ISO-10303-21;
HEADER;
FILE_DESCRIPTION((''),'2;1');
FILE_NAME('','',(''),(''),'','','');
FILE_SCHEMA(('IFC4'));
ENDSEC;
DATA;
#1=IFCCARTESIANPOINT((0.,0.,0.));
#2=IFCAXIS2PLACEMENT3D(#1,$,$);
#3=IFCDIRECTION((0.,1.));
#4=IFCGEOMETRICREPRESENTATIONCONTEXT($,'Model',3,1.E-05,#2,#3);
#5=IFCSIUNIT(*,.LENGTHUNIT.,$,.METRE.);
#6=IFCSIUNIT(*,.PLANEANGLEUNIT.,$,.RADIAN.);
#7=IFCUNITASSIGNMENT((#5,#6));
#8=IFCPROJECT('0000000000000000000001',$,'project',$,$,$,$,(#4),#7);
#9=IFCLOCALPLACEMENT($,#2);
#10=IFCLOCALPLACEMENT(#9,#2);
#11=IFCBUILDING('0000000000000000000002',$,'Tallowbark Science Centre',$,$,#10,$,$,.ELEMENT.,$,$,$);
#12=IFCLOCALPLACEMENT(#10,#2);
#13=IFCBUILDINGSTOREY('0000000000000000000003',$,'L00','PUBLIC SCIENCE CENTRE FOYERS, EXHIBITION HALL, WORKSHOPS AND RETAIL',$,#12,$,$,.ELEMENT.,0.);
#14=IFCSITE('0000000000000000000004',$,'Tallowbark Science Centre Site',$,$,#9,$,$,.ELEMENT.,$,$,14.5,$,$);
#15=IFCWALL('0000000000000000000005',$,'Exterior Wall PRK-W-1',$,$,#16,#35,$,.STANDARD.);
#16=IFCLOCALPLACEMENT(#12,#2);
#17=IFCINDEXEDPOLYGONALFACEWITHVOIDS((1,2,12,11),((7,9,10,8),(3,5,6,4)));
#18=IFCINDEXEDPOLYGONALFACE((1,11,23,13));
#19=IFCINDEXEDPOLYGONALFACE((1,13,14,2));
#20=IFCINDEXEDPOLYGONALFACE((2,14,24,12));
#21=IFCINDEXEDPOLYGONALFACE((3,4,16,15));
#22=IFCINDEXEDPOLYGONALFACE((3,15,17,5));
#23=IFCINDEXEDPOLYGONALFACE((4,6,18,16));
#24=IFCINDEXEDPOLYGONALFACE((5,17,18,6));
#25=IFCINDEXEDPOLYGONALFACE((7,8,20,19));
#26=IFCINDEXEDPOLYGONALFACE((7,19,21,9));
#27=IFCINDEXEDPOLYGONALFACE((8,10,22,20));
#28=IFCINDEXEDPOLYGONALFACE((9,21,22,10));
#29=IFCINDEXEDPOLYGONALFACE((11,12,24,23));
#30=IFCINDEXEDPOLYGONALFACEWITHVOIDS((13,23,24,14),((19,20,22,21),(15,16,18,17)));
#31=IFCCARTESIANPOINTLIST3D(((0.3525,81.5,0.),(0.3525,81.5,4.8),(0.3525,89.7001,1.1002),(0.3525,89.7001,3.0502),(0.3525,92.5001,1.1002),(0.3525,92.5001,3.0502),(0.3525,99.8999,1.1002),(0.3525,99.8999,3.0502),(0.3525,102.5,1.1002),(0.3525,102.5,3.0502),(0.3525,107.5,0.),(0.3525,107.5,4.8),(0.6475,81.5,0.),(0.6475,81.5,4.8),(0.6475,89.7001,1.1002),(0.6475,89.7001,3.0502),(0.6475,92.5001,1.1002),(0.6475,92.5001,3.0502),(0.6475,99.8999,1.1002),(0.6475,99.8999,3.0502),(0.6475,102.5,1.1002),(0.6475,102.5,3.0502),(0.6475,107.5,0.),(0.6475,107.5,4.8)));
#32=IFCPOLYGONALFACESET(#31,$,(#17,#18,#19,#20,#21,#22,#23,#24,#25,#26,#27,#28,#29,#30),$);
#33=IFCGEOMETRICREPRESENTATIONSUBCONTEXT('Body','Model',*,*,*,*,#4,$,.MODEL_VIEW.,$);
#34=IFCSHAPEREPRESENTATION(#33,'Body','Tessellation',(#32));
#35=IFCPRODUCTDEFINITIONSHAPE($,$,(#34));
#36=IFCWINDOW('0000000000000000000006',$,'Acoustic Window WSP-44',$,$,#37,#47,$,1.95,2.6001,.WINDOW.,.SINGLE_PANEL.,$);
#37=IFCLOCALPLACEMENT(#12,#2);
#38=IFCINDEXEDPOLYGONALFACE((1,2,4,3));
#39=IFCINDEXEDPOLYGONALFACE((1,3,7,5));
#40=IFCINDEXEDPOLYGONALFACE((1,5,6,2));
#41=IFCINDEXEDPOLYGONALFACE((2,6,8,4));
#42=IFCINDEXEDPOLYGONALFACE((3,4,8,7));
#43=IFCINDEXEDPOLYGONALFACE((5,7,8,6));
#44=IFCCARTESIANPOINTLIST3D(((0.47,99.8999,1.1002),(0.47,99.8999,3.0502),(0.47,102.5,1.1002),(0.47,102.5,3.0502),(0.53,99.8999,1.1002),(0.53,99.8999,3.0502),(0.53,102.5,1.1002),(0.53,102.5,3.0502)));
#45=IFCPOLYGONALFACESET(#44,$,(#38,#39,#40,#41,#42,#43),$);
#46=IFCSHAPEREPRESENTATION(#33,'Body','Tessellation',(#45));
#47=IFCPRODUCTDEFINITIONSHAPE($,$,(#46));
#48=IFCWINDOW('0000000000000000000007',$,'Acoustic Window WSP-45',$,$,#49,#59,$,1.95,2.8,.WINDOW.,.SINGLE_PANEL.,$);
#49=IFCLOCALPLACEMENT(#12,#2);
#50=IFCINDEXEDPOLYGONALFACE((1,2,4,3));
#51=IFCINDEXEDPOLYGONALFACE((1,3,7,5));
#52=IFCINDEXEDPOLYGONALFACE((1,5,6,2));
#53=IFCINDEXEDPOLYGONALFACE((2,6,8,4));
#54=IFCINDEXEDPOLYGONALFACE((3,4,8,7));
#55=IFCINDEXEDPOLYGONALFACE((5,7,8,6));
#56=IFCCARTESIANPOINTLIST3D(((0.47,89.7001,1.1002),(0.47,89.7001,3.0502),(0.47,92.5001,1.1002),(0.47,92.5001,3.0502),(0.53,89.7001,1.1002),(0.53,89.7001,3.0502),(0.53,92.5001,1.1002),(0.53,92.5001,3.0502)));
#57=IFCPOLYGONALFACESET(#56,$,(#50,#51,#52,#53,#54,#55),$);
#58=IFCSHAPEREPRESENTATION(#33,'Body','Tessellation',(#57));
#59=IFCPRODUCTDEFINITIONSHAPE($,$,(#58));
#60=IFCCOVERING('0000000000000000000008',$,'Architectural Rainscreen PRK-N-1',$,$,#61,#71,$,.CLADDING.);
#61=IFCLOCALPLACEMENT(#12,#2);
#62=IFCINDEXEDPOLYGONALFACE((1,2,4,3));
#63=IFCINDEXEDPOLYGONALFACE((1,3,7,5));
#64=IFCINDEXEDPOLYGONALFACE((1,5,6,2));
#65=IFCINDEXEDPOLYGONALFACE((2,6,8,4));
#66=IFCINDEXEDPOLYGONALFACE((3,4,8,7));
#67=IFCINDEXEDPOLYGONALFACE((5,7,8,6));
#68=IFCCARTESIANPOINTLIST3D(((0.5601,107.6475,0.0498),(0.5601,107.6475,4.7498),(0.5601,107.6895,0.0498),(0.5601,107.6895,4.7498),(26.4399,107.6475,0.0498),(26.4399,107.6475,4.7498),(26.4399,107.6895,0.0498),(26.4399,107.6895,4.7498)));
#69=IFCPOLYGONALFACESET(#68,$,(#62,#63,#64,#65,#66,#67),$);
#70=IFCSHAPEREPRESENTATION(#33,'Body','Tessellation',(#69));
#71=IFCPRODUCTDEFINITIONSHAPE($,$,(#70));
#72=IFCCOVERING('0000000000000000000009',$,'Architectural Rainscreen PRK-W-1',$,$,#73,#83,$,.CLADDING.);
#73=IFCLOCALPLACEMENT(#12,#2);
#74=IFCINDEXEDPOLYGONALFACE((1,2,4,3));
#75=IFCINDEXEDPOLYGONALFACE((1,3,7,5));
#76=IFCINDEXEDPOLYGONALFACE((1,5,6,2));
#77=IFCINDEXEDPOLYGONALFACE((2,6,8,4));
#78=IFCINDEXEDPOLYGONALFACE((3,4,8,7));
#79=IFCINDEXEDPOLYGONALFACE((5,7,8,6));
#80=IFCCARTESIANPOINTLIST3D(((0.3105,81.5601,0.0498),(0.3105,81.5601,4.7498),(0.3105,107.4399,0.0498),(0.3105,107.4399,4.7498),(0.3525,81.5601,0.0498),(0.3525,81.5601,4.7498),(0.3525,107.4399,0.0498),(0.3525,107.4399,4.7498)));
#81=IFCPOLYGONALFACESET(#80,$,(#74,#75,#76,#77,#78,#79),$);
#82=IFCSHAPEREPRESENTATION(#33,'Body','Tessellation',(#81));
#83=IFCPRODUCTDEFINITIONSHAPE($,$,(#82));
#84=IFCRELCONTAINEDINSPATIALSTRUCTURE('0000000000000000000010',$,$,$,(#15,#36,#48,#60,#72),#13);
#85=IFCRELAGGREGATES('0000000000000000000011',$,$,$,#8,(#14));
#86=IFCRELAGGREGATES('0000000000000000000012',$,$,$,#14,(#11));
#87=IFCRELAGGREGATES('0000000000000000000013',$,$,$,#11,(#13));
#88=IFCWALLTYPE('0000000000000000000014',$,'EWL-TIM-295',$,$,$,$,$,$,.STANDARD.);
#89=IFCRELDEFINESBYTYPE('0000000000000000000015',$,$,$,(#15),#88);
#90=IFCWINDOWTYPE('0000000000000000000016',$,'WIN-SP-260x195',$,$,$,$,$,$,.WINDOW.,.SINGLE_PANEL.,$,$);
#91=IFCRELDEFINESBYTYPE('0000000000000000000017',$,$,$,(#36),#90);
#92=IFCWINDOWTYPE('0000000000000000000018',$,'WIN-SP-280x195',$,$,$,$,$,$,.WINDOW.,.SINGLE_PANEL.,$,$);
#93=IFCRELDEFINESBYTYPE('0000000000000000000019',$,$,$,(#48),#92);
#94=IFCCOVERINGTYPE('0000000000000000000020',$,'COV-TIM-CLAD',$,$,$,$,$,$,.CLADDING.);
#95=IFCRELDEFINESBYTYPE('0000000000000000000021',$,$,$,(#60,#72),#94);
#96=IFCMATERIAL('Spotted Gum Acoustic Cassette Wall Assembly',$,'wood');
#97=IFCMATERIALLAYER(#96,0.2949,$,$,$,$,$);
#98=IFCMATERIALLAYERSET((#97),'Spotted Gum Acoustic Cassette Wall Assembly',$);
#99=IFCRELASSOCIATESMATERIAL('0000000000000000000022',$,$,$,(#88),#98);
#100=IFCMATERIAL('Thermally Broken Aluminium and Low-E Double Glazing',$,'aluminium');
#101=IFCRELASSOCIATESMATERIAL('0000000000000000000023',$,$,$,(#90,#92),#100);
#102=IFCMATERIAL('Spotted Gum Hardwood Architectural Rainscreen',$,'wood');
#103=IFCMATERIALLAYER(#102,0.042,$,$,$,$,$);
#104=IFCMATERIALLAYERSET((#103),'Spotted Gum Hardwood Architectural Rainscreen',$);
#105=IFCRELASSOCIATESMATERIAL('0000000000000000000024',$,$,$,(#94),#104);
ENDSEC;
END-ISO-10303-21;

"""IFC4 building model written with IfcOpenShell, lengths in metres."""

from ifc_helpers import new_model, si_unit, direction, frame, frame_2d, origin, origin_2d, place, context, subcontext, project, spatial, rectangle, extrude, material, layer, layer_set, type_object, element, fill, save


model = new_model("IFC4")

# Units and contexts
model_context = context("Model", 3, precision=1e-05, world=origin(), true_north=direction((0.0, 1.0)))
body_context = subcontext(model_context, "Body", "Model", "MODEL_VIEW")
ifc_project = project(units=[si_unit("LENGTHUNIT", "METRE"), si_unit("PLANEANGLEUNIT", "RADIAN")], contexts=[model_context])

# Site, building, storey
site_placement = place(None, origin())
site = spatial("IfcSite", under=ifc_project, at=site_placement, Name="Tallowbark Science Centre Site", CompositionType="ELEMENT", RefElevation=14.5)
building_placement = place(site_placement, origin())
building = spatial("IfcBuilding", under=site, at=building_placement, Name="Tallowbark Science Centre", CompositionType="ELEMENT")
storey_placement = place(building_placement, origin())
storey = spatial("IfcBuildingStorey", under=building, at=storey_placement, Name="L00", Description="PUBLIC SCIENCE CENTRE FOYERS, EXHIBITION HALL, WORKSHOPS AND RETAIL", CompositionType="ELEMENT", Elevation=0.0)

# Wall, openings, windows
ifc_material_1 = material(Name="Spotted Gum Acoustic Cassette Wall Assembly", Category="wood")
ifc_layer_1 = layer(ifc_material_1, 0.2949)
ifc_layer_set_1 = layer_set([ifc_layer_1], Name="Spotted Gum Acoustic Cassette Wall Assembly")
wall_type = type_object("IfcWallType", Name="EWL-TIM-295", PredefinedType="STANDARD", material=ifc_layer_set_1)
wall_placement = place(storey_placement, frame((0.5, 107.5, 0.0), z_axis=(0.0, 0.0, 1.0), x_axis=(0.0, -1.0, 0.0)))
wall = element("IfcWall", 1, at=wall_placement, inside=storey, type_object=wall_type, Name="Exterior Wall PRK-W-1", PredefinedType="STANDARD", context=body_context, shape_type="SweptSolid", body=[
    extrude(rectangle(XDim=26.0, YDim=0.2949, at=frame_2d((13.0, 0.0))), origin(), (0.0, 0.0, 1.0), 4.8),
])
opening_1_placement = place(wall_placement, frame((5.0, 0.0, 1.1001)))
opening_1 = element("IfcOpeningElement", 2, at=opening_1_placement, cuts=wall, PredefinedType="OPENING", context=body_context, shape_type="SweptSolid", body=[
    extrude(rectangle(XDim=2.6001, YDim=1.95, at=frame_2d((1.3, 0.9751))), frame((0.0, 0.1575, 0.0), z_axis=(0.0, -1.0, 0.0), x_axis=(1.0, 0.0, 0.0)), (0.0, 0.0, 1.0), 0.3149),
])
opening_2_placement = place(wall_placement, frame((15.0, 0.0, 1.1001)))
opening_2 = element("IfcOpeningElement", 3, at=opening_2_placement, cuts=wall, PredefinedType="OPENING", context=body_context, shape_type="SweptSolid", body=[
    extrude(rectangle(XDim=2.8, YDim=1.95, at=frame_2d((1.3999, 0.9751))), frame((0.0, 0.1575, 0.0), z_axis=(0.0, -1.0, 0.0), x_axis=(1.0, 0.0, 0.0)), (0.0, 0.0, 1.0), 0.3149),
])
ifc_material_2 = material(Name="Thermally Broken Aluminium and Low-E Double Glazing", Category="aluminium")
window_type_1 = type_object("IfcWindowType", Name="WIN-SP-260x195", PartitioningType="SINGLE_PANEL", PredefinedType="WINDOW", material=ifc_material_2)
window_1_placement = place(opening_1_placement, origin())
window_1 = element("IfcWindow", 4, at=window_1_placement, inside=storey, type_object=window_type_1, Name="Acoustic Window WSP-44", OverallHeight=1.95, OverallWidth=2.6001, PartitioningType="SINGLE_PANEL", PredefinedType="WINDOW", context=body_context, shape_type="SweptSolid", body=[
    extrude(rectangle(XDim=2.6001, YDim=1.95, at=frame_2d((1.3, 0.9751))), frame((0.0, 0.03, 0.0), z_axis=(0.0, -1.0, 0.0), x_axis=(1.0, 0.0, 0.0)), (0.0, 0.0, 1.0), 0.0601),
])
fill(opening_1, window_1)
window_type_2 = type_object("IfcWindowType", Name="WIN-SP-280x195", PartitioningType="SINGLE_PANEL", PredefinedType="WINDOW", material=ifc_material_2)
window_2_placement = place(opening_2_placement, origin())
window_2 = element("IfcWindow", 5, at=window_2_placement, inside=storey, type_object=window_type_2, Name="Acoustic Window WSP-45", OverallHeight=1.95, OverallWidth=2.8, PartitioningType="SINGLE_PANEL", PredefinedType="WINDOW", context=body_context, shape_type="SweptSolid", body=[
    extrude(rectangle(XDim=2.8, YDim=1.95, at=frame_2d((1.3999, 0.9751))), frame((0.0, 0.03, 0.0), z_axis=(0.0, -1.0, 0.0), x_axis=(1.0, 0.0, 0.0)), (0.0, 0.0, 1.0), 0.0601),
])
fill(opening_2, window_2)

# Coverings
ifc_material_3 = material(Name="Spotted Gum Hardwood Architectural Rainscreen", Category="wood")
ifc_layer_2 = layer(ifc_material_3, 0.042)
ifc_layer_set_2 = layer_set([ifc_layer_2], Name="Spotted Gum Hardwood Architectural Rainscreen")
covering_type = type_object("IfcCoveringType", Name="COV-TIM-CLAD", PredefinedType="CLADDING", material=ifc_layer_set_2)
for number, where, z_axis, x_axis, name in (
    (6, (13.5, 107.6685, 0.0498), (0.0, 0.0, 1.0), (-1.0, 0.0, 0.0), "Architectural Rainscreen PRK-N-1"),
    (7, (0.3315, 94.5, 0.0498), (0.0, 0.0, 1.0), (0.0, -1.0, 0.0), "Architectural Rainscreen PRK-W-1"),
):
    element("IfcCovering", number, at=place(storey_placement, frame(where, z_axis=z_axis, x_axis=x_axis)), inside=storey, type_object=covering_type, Name=name, PredefinedType="CLADDING", context=body_context, shape_type="SweptSolid", body=[
        extrude(rectangle(XDim=25.8799, YDim=0.042, at=origin_2d()), origin(), (0.0, 0.0, 1.0), 4.7),
    ])

save(model, "model.ifc")
